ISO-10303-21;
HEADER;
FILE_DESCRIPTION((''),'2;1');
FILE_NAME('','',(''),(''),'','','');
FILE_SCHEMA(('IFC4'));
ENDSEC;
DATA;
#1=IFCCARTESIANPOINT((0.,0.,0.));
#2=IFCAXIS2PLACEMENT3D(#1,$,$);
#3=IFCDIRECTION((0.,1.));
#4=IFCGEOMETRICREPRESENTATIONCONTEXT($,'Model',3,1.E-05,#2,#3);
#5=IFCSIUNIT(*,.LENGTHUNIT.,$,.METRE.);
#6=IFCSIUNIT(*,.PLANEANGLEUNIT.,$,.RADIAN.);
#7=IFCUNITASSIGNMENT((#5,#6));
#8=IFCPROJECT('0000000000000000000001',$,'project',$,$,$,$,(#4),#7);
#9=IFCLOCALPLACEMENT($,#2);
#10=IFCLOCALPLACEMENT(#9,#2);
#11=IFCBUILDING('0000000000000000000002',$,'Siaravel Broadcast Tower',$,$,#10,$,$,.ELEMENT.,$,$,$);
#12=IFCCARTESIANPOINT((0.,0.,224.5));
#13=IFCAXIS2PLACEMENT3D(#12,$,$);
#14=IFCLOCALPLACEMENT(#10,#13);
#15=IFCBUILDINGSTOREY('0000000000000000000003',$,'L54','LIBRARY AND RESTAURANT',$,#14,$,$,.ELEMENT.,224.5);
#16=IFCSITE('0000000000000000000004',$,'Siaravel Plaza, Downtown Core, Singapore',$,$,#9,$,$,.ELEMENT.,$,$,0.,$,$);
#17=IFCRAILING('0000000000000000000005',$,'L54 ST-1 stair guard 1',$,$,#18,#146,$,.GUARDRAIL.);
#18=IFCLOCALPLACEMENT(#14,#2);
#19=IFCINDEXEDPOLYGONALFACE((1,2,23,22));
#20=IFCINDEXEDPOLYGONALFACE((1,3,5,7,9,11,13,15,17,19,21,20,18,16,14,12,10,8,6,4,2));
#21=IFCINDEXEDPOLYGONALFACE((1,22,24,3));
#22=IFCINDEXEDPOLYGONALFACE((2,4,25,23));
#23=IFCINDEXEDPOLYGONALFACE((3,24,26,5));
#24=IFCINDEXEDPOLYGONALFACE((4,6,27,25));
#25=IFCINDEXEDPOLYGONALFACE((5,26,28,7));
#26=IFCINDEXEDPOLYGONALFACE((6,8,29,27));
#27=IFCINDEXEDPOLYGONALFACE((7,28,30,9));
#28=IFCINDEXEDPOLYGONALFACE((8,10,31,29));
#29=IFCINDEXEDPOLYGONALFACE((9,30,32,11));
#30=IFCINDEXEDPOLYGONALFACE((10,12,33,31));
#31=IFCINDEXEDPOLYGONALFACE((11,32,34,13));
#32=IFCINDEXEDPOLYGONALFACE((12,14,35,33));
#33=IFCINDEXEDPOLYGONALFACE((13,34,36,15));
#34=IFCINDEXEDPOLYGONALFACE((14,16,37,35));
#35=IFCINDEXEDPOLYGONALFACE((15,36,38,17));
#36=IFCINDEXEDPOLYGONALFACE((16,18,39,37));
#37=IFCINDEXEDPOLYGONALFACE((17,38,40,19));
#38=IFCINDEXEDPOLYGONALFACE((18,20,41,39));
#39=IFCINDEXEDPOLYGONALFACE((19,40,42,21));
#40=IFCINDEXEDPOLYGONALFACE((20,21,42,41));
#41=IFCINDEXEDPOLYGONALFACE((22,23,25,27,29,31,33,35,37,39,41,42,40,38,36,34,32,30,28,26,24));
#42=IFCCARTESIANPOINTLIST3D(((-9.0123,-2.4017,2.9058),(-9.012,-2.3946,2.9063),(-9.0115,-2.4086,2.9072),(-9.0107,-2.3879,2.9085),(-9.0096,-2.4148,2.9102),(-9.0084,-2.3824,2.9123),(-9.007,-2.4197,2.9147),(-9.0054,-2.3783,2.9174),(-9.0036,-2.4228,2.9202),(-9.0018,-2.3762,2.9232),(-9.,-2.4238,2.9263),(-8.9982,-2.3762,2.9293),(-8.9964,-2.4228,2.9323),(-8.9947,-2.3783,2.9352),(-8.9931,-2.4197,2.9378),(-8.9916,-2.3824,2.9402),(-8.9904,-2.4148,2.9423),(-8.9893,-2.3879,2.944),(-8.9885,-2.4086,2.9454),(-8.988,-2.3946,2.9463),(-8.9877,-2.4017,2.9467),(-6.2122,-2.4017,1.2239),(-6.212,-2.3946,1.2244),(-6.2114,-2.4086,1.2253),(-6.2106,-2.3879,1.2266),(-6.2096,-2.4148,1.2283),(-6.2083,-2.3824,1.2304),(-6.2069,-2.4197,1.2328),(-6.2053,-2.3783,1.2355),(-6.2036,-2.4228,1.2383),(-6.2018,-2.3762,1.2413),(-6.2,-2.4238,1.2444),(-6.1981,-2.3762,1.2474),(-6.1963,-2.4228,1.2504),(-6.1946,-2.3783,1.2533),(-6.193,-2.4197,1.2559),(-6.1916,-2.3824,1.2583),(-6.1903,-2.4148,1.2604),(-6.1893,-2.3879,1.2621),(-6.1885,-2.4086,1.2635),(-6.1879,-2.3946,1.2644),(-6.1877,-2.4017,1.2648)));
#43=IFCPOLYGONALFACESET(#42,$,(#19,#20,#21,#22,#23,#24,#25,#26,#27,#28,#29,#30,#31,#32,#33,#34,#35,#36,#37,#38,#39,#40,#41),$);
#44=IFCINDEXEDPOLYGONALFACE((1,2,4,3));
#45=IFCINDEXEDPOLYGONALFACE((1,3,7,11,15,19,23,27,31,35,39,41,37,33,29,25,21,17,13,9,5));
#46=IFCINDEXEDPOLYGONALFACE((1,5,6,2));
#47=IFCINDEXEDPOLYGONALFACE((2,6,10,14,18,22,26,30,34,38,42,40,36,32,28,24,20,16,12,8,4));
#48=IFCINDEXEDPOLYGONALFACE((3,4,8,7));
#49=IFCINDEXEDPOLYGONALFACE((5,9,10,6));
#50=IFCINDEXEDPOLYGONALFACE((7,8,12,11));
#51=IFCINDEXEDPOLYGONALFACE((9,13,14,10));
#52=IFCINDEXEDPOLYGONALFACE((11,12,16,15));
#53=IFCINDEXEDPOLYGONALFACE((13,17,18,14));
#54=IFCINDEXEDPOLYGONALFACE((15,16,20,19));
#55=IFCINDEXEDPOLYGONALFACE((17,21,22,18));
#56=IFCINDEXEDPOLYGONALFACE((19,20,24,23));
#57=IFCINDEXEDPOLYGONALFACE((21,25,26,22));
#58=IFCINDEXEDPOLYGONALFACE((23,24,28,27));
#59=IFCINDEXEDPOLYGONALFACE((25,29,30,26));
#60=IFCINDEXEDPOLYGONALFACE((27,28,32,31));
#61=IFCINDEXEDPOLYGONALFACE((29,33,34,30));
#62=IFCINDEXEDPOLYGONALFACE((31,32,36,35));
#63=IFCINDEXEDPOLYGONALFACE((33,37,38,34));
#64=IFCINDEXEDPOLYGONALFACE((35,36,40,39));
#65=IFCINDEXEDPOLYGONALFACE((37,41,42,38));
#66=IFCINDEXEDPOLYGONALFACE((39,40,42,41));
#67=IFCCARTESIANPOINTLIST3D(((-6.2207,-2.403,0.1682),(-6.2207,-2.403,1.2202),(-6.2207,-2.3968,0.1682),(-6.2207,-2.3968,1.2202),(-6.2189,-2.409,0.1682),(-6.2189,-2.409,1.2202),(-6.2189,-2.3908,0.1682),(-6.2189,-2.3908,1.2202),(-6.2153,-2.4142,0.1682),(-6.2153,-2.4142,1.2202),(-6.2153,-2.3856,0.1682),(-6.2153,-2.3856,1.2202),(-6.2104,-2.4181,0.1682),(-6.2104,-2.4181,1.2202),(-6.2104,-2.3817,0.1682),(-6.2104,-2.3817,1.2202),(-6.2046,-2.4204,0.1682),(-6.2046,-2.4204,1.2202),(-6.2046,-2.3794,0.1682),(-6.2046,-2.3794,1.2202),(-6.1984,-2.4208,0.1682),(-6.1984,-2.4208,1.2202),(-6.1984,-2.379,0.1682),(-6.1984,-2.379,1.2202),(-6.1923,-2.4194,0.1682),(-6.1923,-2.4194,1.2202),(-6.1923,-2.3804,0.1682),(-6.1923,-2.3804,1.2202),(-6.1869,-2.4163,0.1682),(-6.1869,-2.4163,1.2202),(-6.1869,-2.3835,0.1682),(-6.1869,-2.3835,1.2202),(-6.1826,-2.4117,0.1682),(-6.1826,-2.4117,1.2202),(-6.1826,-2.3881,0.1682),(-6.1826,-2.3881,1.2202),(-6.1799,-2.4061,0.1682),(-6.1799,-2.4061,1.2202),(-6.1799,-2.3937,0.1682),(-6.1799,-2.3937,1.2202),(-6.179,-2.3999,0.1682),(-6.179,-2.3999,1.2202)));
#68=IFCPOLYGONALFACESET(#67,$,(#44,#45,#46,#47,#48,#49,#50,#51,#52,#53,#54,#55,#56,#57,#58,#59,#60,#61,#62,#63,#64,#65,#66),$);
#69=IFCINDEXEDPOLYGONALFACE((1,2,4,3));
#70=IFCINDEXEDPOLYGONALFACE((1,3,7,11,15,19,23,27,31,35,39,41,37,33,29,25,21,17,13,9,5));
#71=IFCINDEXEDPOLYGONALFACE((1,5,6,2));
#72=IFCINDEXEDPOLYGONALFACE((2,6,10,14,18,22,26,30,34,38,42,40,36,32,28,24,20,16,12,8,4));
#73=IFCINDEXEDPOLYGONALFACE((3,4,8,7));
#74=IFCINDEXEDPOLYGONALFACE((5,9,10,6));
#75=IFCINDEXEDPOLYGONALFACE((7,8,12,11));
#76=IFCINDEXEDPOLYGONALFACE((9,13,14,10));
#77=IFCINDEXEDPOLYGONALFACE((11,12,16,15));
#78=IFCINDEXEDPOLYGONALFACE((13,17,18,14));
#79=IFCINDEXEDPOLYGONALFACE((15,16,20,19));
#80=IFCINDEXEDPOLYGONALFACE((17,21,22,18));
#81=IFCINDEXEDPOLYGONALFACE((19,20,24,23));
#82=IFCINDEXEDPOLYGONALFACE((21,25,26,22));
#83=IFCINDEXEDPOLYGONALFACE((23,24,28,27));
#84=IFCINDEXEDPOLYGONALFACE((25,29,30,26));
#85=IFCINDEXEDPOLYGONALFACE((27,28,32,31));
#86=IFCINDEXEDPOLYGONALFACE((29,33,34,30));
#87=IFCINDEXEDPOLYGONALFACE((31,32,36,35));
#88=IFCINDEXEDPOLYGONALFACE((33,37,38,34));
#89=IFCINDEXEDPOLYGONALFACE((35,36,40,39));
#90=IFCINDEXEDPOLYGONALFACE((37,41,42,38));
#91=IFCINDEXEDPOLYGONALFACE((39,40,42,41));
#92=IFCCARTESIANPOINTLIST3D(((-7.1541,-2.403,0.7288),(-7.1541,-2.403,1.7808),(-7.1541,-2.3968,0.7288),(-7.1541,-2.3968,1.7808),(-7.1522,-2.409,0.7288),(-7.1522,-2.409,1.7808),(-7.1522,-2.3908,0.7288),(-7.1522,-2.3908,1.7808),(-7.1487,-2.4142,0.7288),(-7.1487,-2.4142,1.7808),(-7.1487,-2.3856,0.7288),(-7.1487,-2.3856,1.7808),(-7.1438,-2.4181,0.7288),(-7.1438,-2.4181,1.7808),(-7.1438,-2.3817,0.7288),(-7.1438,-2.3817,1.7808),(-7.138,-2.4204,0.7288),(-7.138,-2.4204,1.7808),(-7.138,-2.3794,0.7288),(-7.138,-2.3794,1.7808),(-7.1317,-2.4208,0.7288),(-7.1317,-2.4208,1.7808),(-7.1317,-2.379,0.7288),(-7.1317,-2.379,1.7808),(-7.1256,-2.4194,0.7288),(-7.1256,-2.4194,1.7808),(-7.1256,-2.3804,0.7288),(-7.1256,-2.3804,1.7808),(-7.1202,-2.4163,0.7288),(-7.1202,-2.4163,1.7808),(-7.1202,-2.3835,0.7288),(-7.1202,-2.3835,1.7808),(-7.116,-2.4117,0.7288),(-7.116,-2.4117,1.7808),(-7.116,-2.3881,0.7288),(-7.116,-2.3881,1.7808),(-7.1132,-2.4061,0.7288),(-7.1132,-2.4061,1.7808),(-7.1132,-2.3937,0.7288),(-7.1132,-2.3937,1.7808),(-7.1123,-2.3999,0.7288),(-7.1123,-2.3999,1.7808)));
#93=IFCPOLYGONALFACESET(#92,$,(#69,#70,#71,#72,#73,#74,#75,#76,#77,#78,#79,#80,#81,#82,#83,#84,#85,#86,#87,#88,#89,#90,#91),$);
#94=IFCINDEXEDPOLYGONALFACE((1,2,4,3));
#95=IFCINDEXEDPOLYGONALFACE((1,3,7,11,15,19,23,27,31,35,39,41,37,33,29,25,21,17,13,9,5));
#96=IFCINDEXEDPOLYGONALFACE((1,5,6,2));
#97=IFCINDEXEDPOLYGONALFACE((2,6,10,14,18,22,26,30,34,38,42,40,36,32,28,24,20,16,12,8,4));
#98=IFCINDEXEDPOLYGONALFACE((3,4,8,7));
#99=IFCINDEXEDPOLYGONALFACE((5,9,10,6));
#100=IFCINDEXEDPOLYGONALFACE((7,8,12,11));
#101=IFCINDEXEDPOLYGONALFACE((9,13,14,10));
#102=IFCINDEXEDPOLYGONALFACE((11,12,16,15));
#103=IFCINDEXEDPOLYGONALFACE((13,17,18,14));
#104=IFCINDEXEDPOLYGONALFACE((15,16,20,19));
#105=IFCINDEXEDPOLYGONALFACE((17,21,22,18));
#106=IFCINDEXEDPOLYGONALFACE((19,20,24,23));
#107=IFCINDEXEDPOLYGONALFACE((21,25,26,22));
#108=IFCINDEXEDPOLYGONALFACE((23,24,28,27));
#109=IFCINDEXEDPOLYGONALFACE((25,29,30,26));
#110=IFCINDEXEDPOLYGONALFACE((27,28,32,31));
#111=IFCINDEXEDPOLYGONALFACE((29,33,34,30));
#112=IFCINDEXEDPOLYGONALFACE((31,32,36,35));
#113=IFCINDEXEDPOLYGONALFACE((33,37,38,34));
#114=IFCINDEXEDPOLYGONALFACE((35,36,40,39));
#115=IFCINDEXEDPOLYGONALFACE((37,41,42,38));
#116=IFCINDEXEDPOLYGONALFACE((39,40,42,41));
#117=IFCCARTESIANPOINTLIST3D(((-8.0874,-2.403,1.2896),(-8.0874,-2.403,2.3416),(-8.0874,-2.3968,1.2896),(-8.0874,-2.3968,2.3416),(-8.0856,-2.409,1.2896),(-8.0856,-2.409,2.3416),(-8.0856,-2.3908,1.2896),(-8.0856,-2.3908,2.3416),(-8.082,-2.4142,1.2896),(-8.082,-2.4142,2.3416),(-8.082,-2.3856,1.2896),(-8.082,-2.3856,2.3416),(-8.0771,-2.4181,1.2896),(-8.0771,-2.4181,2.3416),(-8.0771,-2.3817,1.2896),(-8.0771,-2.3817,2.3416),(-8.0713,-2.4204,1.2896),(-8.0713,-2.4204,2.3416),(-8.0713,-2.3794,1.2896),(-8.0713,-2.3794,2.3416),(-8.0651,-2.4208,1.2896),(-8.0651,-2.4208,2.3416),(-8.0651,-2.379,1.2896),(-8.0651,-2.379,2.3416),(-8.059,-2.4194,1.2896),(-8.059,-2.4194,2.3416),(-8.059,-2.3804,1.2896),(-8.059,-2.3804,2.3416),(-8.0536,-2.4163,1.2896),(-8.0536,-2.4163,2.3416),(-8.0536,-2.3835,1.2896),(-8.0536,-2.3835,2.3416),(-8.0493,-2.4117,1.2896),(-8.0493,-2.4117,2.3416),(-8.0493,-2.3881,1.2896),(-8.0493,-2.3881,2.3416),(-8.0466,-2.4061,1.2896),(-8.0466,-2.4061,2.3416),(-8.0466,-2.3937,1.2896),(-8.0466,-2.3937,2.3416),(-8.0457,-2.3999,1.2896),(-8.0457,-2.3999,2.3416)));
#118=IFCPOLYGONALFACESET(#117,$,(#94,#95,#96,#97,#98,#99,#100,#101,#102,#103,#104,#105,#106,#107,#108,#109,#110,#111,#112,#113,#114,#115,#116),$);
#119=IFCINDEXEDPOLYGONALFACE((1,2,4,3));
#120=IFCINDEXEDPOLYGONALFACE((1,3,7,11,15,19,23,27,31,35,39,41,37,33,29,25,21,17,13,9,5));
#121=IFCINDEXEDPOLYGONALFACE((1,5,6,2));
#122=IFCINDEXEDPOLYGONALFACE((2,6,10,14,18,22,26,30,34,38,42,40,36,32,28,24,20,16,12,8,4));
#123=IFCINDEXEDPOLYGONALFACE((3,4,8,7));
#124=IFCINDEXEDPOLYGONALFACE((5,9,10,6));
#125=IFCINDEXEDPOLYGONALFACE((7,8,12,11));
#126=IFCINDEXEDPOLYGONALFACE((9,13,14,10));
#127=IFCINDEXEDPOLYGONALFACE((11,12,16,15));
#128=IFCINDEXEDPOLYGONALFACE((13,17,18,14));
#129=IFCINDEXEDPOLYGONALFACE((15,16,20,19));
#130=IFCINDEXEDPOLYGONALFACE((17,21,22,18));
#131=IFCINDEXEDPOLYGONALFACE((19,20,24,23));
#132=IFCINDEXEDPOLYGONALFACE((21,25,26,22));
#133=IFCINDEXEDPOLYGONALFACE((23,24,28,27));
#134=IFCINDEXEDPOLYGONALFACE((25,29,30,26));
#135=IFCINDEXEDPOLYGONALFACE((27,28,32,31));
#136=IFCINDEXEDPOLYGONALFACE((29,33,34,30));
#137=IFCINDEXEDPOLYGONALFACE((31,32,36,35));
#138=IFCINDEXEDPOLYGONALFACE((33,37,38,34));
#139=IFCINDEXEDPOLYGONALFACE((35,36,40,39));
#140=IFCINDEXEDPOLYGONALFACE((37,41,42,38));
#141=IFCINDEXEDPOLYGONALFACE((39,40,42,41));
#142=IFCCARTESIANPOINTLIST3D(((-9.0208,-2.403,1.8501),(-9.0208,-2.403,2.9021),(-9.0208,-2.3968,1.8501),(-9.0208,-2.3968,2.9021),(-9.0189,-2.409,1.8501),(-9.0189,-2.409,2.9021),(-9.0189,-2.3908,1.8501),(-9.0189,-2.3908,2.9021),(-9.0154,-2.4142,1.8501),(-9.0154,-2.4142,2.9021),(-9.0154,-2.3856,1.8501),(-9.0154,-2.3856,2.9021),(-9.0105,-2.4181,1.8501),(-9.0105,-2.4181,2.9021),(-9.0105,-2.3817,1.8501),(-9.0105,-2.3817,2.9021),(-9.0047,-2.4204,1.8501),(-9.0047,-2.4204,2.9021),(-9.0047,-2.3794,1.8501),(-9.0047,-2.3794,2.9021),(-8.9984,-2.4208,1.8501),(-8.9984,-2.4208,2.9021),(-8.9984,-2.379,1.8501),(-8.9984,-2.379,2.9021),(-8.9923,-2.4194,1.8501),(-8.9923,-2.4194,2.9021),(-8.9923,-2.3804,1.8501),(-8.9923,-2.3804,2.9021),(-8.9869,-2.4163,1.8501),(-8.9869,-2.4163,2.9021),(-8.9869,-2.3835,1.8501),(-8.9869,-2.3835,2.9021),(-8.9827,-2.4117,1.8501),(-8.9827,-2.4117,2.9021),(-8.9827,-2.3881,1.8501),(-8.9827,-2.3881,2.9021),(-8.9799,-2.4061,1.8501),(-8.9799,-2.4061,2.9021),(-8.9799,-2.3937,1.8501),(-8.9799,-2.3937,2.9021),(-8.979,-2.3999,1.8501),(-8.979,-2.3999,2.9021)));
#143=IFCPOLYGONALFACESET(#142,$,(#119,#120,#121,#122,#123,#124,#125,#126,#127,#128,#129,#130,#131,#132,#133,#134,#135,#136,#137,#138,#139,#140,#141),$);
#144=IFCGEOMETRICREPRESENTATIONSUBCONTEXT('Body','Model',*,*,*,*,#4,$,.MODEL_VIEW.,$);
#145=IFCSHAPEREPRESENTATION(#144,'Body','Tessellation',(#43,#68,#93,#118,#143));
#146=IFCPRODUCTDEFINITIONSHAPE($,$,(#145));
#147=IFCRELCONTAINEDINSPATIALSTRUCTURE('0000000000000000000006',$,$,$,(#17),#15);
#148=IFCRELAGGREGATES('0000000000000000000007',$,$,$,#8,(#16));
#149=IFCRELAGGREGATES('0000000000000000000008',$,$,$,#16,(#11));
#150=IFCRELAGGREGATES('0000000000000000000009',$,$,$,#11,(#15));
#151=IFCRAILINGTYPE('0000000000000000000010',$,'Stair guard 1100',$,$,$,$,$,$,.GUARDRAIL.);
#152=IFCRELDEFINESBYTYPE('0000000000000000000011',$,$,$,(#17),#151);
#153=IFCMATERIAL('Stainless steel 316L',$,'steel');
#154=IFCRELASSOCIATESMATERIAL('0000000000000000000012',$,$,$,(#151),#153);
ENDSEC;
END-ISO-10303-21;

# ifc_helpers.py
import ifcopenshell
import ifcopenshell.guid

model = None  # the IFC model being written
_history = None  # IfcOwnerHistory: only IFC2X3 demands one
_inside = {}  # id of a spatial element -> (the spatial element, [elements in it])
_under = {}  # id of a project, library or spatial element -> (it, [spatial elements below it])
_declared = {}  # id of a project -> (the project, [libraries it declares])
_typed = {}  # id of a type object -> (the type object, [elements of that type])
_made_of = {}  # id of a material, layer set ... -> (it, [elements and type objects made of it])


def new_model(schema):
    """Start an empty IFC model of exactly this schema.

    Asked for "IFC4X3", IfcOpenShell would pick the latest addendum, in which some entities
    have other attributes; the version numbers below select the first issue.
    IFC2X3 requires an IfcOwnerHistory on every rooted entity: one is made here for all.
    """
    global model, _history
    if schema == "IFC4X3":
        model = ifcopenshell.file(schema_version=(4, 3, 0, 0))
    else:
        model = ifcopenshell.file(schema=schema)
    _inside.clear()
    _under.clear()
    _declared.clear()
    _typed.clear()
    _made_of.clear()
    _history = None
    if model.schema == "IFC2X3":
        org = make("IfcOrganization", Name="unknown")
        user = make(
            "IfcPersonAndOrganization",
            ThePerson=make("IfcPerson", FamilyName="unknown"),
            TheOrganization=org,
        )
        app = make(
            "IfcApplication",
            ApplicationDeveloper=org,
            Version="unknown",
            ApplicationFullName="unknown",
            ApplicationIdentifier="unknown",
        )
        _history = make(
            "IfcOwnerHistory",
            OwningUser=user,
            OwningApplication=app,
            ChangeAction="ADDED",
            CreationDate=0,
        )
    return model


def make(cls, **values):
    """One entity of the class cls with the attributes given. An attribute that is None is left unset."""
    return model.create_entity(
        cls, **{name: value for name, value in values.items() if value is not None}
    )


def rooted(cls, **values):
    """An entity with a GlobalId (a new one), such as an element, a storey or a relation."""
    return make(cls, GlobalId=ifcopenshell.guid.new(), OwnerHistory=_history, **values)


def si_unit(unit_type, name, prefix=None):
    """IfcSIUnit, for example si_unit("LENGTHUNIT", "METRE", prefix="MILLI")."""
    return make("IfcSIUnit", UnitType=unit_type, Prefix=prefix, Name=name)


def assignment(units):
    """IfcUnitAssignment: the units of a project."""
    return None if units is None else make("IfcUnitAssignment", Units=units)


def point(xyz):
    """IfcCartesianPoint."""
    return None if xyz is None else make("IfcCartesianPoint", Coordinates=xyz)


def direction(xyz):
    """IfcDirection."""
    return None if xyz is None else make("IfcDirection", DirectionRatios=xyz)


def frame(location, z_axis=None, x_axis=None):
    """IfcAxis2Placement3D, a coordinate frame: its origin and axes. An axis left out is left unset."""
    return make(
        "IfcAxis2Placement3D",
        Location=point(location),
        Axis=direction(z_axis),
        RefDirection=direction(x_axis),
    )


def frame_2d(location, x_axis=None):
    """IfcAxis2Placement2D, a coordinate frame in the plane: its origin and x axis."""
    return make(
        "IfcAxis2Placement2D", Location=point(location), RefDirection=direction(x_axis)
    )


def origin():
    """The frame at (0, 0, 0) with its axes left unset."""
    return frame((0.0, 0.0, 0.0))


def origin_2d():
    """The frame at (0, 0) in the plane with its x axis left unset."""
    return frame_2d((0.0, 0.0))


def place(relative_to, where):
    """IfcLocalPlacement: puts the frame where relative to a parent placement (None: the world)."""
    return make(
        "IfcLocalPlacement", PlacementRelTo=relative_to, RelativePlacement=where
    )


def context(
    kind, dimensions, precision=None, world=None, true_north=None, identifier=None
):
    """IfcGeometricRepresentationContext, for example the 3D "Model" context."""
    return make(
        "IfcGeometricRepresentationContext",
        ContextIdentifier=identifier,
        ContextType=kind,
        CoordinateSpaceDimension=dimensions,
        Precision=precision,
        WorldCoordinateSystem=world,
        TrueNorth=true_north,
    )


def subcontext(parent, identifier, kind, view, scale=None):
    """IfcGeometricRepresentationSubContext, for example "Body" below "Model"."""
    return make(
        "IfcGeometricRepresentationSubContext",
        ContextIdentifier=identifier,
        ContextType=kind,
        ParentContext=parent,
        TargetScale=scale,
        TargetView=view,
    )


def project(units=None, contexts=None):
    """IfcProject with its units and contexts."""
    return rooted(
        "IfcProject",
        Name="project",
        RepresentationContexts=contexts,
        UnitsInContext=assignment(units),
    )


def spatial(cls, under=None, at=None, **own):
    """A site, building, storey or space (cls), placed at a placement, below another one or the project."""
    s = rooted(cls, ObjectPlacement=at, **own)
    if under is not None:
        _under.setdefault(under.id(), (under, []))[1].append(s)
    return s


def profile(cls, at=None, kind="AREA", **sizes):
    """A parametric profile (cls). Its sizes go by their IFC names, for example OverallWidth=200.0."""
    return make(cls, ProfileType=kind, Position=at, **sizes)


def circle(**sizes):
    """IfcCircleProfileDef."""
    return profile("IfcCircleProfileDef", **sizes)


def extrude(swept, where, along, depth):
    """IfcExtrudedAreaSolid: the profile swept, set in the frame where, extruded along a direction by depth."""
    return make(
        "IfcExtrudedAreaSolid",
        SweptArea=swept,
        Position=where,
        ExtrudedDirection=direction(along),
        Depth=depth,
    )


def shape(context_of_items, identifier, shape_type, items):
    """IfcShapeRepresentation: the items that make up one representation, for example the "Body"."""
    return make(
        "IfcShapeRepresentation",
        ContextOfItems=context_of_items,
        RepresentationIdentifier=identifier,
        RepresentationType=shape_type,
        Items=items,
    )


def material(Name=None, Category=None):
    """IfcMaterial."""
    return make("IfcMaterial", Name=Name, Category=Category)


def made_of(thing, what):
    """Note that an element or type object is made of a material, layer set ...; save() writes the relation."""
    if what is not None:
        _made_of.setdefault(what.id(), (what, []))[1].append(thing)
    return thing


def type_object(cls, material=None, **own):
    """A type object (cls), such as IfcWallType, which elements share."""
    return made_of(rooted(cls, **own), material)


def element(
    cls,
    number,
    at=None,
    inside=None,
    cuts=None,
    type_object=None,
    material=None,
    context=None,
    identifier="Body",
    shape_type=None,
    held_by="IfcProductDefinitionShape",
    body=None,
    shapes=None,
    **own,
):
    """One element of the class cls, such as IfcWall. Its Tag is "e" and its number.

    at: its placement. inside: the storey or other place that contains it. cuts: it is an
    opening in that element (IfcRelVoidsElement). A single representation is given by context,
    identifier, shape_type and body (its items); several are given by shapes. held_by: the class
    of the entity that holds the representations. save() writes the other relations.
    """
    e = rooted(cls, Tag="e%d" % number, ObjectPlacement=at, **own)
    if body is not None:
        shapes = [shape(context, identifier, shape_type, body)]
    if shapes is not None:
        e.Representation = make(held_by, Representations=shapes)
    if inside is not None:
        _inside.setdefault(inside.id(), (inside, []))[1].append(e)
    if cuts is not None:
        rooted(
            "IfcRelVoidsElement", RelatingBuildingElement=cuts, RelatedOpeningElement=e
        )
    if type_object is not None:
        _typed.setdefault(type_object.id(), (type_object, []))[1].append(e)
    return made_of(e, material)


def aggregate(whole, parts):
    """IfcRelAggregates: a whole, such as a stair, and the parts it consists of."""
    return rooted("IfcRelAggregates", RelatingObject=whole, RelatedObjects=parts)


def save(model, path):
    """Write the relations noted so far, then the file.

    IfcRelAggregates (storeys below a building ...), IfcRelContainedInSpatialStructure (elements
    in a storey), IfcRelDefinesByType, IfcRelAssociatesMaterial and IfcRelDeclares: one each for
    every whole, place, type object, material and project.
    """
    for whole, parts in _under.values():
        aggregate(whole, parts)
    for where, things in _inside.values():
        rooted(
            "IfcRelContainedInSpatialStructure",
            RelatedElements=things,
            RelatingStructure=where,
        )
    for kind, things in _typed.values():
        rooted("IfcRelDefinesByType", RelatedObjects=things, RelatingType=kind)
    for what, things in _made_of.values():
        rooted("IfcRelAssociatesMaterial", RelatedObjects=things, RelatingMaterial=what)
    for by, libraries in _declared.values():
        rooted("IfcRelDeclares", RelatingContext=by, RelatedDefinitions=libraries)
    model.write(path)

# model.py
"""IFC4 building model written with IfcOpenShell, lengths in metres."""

from ifc_helpers import new_model, si_unit, direction, frame, origin, origin_2d, place, context, subcontext, project, spatial, circle, extrude, material, type_object, element, save


model = new_model("IFC4")

# Units and contexts
model_context = context("Model", 3, precision=1e-05, world=origin(), true_north=direction((0.0, 1.0)))
body_context = subcontext(model_context, "Body", "Model", "MODEL_VIEW")
ifc_project = project(units=[si_unit("LENGTHUNIT", "METRE"), si_unit("PLANEANGLEUNIT", "RADIAN")], contexts=[model_context])

# Site, building, storey
site_placement = place(None, origin())
site = spatial("IfcSite", under=ifc_project, at=site_placement, Name="Siaravel Plaza, Downtown Core, Singapore", CompositionType="ELEMENT", RefElevation=0.0)
building_placement = place(site_placement, origin())
building = spatial("IfcBuilding", under=site, at=building_placement, Name="Siaravel Broadcast Tower", CompositionType="ELEMENT")
storey_placement = place(building_placement, frame((0.0, 0.0, 224.5)))
storey = spatial("IfcBuildingStorey", under=building, at=storey_placement, Name="L54", Description="LIBRARY AND RESTAURANT", CompositionType="ELEMENT", Elevation=224.5)

# Shared definitions
ifc_material_1 = material(Name="Stainless steel 316L", Category="steel")

# Railing
railing_type_1 = type_object("IfcRailingType", Name="Stair guard 1100", PredefinedType="GUARDRAIL", material=ifc_material_1)
railing_1_placement = place(storey_placement, frame((-6.2, -2.3999, 0.1682)))
element("IfcRailing", 1, at=railing_1_placement, inside=storey, type_object=railing_type_1, Name="L54 ST-1 stair guard 1", PredefinedType="GUARDRAIL", context=body_context, shape_type="SweptSolid", body=[
    extrude(circle(Radius=0.0239, at=origin_2d()), frame((0.0, 0.0, 1.0762), z_axis=(-0.857242, 0.0, 0.514913), x_axis=(0.0, -1.0, 0.0)), (0.0, 0.0, 1.0), 3.2664),
    extrude(circle(Radius=0.021, at=origin_2d()), origin(), (0.0, 0.0, 1.0), 1.052),
    extrude(circle(Radius=0.021, at=origin_2d()), frame((-0.9333, 0.0, 0.5605)), (0.0, 0.0, 1.0), 1.052),
    extrude(circle(Radius=0.021, at=origin_2d()), frame((-1.8667, 0.0, 1.1213)), (0.0, 0.0, 1.0), 1.052),
    extrude(circle(Radius=0.021, at=origin_2d()), frame((-2.8, 0.0, 1.6819)), (0.0, 0.0, 1.0), 1.052),
])

save(model, "model.ifc")
